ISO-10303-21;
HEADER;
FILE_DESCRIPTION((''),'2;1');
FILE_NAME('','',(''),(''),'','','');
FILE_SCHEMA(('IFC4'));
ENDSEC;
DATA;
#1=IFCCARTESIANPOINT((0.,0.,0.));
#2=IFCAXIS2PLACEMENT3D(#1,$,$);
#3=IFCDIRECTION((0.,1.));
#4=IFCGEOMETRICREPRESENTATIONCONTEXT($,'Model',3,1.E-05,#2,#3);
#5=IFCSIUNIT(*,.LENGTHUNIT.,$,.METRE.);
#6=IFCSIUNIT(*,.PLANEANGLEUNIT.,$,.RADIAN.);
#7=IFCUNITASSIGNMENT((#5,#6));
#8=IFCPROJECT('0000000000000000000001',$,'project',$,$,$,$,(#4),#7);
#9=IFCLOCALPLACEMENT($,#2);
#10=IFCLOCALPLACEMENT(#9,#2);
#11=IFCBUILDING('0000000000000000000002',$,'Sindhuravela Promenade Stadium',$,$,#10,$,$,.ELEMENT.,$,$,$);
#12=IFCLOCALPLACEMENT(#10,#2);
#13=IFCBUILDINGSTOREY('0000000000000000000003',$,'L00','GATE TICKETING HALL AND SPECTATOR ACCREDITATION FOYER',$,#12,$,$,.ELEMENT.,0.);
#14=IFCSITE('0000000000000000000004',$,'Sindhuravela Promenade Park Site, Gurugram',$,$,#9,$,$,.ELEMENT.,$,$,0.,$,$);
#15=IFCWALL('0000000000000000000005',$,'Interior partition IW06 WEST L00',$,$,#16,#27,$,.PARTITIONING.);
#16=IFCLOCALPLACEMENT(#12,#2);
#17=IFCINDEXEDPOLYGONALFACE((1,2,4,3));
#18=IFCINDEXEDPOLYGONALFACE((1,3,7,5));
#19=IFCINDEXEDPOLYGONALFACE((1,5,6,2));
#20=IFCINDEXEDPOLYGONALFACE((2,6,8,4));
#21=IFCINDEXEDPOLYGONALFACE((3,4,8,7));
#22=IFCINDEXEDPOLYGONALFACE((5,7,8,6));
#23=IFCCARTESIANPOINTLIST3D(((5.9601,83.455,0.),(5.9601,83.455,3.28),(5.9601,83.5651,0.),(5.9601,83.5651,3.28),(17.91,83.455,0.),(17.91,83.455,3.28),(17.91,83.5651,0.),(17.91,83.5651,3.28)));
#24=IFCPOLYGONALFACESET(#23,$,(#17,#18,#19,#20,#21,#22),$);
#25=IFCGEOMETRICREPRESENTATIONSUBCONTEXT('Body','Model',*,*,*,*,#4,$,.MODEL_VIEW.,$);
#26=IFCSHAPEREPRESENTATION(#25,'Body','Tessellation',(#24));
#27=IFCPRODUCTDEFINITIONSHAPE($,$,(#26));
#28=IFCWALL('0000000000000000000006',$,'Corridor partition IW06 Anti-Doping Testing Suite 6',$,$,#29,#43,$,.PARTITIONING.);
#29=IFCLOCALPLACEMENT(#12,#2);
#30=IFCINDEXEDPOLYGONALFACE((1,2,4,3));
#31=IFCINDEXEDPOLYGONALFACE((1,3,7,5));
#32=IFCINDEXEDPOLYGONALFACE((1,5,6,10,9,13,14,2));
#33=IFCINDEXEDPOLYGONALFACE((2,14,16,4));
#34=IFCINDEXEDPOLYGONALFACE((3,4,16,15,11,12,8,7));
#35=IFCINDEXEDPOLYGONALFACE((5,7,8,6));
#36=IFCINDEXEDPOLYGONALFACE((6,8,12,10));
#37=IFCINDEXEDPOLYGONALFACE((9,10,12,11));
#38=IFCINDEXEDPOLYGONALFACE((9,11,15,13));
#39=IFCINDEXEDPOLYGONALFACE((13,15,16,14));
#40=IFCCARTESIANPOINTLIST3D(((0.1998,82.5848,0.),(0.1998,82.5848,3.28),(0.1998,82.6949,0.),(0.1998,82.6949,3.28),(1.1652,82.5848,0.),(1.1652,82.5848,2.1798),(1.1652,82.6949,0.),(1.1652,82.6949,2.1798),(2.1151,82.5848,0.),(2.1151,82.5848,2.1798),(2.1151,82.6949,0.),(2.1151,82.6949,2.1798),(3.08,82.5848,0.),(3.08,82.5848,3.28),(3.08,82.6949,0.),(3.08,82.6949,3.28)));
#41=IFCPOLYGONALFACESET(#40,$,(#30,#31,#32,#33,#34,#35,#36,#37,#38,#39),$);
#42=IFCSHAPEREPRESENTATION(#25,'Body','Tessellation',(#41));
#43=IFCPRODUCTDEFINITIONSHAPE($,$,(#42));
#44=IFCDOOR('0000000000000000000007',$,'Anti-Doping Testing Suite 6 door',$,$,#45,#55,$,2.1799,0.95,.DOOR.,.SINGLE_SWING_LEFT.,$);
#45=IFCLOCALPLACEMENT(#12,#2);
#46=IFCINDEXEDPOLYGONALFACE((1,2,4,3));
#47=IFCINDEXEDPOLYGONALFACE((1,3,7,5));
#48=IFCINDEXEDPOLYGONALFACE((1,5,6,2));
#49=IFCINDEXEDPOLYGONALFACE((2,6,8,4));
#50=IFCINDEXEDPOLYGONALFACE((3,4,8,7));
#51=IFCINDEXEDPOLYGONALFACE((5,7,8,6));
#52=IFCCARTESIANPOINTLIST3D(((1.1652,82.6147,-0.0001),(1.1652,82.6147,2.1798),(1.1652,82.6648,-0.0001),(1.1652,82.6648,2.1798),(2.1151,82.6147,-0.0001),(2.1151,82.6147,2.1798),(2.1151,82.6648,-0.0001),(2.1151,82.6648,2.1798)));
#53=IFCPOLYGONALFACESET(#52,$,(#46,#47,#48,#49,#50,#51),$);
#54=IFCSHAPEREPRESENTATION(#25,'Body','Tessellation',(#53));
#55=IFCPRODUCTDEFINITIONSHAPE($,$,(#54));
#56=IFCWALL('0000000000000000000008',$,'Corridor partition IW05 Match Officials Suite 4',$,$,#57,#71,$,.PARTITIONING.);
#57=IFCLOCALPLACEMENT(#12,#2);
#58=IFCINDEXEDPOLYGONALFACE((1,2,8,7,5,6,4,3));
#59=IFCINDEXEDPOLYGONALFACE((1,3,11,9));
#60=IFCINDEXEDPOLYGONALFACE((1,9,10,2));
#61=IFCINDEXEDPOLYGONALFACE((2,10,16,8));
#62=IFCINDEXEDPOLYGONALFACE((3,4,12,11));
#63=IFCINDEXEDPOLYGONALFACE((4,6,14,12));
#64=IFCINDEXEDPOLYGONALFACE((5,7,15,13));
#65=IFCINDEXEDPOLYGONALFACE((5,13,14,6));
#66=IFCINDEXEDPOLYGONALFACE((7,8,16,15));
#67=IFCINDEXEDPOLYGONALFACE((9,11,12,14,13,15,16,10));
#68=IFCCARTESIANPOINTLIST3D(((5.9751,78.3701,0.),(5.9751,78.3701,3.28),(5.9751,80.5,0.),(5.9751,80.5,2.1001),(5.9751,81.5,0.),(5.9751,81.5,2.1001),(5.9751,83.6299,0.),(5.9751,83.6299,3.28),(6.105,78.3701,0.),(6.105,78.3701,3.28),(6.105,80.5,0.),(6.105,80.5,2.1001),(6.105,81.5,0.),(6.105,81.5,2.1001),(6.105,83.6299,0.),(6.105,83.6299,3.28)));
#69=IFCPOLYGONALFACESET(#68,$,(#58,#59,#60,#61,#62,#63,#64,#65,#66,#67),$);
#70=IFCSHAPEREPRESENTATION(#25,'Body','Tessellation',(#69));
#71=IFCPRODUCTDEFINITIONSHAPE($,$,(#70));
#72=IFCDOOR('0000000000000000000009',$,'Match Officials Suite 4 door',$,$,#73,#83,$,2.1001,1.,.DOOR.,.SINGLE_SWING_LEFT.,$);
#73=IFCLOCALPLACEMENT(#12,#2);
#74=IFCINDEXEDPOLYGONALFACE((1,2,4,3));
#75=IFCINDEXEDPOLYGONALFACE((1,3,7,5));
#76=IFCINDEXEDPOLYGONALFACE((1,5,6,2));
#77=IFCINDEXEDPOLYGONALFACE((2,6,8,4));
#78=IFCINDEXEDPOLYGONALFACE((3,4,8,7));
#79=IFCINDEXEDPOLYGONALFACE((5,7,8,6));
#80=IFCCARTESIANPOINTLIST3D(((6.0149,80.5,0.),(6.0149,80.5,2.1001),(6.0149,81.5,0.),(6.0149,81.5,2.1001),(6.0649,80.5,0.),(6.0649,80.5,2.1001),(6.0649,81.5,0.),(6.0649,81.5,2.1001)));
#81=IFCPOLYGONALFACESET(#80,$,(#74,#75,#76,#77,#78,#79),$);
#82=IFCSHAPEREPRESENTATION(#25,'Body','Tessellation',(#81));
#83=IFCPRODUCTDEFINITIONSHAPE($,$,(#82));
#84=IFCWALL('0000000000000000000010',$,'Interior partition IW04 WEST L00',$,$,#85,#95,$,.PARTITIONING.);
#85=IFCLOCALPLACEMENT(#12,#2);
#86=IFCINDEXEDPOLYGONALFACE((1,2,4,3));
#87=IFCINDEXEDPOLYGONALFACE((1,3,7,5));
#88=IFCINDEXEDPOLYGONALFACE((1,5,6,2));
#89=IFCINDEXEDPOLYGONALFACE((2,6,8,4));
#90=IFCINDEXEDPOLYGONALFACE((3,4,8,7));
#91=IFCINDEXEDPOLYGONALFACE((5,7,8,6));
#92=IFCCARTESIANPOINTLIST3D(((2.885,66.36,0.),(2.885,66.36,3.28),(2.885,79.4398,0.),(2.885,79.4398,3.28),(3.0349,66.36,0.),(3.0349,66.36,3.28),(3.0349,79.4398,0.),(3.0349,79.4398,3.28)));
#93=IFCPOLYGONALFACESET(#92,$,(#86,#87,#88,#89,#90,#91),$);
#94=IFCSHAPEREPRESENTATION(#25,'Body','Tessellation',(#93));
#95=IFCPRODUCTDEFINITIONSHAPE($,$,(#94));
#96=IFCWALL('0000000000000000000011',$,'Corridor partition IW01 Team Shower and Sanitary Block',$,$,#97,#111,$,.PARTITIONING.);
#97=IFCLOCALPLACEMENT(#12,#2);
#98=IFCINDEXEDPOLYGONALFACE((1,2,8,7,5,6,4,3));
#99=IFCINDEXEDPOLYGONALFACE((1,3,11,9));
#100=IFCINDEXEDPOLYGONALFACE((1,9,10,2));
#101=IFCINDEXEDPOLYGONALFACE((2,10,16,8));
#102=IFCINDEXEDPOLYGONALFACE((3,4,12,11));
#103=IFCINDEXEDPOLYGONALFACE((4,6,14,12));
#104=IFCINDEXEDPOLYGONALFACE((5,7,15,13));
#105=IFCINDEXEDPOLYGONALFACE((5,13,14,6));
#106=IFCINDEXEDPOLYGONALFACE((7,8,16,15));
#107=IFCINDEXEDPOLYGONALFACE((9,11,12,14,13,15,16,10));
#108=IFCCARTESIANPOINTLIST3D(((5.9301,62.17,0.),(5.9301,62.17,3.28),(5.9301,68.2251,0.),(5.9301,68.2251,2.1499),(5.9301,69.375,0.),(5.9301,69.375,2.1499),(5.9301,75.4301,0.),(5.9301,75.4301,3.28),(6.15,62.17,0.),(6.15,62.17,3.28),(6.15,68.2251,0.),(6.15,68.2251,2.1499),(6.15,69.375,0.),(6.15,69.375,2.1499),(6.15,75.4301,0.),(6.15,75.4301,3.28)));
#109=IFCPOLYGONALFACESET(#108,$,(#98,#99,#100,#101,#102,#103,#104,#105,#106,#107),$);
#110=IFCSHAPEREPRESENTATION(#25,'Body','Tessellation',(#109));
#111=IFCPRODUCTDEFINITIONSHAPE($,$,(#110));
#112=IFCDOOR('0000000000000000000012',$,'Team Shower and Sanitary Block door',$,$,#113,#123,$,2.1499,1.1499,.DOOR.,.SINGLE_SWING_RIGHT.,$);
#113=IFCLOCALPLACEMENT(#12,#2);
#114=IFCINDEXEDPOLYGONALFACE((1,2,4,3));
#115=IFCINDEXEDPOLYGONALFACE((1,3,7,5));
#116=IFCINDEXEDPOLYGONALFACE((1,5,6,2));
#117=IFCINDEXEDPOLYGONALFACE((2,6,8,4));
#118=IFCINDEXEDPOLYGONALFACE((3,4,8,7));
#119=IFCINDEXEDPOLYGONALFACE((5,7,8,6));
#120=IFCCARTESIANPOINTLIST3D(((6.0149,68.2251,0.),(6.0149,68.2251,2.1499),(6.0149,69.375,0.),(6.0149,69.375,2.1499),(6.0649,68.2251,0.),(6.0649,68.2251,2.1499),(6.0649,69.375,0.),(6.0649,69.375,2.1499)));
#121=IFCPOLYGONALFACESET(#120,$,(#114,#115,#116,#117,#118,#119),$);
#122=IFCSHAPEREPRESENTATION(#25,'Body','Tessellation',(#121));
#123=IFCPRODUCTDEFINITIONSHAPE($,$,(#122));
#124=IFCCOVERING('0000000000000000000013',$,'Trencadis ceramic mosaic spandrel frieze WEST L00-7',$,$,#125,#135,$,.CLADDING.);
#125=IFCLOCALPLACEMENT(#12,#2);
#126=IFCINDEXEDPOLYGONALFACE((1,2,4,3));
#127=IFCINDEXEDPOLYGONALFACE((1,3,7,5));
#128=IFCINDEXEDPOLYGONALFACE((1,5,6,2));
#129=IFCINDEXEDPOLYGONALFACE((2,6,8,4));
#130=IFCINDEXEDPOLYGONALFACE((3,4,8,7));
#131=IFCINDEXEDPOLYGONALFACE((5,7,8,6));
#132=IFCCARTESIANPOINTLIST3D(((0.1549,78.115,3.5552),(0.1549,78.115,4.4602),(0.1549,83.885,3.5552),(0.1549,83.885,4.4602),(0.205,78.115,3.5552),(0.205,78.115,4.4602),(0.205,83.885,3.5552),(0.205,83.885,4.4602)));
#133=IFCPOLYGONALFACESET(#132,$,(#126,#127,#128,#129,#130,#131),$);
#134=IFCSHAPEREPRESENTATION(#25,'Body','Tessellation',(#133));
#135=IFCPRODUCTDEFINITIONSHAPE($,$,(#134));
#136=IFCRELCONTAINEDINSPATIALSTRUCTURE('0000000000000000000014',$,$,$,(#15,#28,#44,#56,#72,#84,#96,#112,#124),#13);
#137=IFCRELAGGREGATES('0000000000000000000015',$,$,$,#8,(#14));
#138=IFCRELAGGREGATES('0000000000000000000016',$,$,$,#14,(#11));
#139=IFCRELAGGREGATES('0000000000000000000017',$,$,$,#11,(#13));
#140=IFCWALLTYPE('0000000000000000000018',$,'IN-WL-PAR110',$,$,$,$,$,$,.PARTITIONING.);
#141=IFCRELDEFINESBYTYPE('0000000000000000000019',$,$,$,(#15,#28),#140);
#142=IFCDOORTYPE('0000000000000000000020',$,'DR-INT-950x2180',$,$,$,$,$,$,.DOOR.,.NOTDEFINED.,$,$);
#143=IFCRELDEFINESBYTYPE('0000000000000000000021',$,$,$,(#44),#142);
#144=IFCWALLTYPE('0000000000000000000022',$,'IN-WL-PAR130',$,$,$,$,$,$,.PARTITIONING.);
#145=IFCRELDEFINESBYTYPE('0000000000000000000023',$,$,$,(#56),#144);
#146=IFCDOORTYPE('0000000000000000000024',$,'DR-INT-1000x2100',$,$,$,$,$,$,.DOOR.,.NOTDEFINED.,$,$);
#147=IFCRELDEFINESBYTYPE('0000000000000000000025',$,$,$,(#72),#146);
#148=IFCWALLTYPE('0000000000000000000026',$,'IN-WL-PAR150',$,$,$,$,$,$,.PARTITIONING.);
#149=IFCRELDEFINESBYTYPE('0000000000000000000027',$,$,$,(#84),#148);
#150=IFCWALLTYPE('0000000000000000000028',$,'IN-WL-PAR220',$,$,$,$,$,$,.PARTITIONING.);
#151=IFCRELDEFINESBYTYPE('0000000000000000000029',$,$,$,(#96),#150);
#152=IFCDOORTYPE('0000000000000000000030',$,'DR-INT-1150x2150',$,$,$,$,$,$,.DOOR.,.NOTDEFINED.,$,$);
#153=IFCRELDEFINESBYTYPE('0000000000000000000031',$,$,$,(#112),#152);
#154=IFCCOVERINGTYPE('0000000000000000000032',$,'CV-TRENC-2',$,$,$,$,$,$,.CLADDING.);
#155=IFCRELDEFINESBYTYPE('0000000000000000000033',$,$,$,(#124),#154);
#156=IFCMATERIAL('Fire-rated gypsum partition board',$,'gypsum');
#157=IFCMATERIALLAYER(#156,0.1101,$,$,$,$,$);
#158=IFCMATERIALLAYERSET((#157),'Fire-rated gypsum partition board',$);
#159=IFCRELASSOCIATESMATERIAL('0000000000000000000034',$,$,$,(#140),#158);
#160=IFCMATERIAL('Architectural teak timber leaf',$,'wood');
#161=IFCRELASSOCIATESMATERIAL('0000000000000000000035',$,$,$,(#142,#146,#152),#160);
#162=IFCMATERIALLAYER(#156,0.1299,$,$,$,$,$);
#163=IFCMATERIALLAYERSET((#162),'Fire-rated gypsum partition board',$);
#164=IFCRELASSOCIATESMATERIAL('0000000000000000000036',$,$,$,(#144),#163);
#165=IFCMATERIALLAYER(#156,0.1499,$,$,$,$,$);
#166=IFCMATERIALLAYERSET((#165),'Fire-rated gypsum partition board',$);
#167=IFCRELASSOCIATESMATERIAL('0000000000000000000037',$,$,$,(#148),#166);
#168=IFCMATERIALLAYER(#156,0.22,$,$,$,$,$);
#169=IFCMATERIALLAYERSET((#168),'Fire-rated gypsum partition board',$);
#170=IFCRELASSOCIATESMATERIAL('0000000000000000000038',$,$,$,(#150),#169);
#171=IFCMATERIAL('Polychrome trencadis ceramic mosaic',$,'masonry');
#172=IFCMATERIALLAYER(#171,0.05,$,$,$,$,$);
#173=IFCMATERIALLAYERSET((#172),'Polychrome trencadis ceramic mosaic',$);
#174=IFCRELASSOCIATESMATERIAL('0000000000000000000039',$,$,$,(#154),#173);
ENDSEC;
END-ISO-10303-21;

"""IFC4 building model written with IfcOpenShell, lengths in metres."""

from ifc_helpers import new_model, si_unit, direction, frame, frame_2d, origin, origin_2d, place, context, subcontext, project, spatial, rectangle, extrude, material, layer, layer_set, type_object, element, fill, save


model = new_model("IFC4")

# Units and contexts
model_context = context("Model", 3, precision=1e-05, world=origin(), true_north=direction((0.0, 1.0)))
body_context = subcontext(model_context, "Body", "Model", "MODEL_VIEW")
ifc_project = project(units=[si_unit("LENGTHUNIT", "METRE"), si_unit("PLANEANGLEUNIT", "RADIAN")], contexts=[model_context])

# Site, building, storey
site_placement = place(None, origin())
site = spatial("IfcSite", under=ifc_project, at=site_placement, Name="Sindhuravela Promenade Park Site, Gurugram", CompositionType="ELEMENT", RefElevation=0.0)
building_placement = place(site_placement, origin())
building = spatial("IfcBuilding", under=site, at=building_placement, Name="Sindhuravela Promenade Stadium", CompositionType="ELEMENT")
storey_placement = place(building_placement, origin())
storey = spatial("IfcBuildingStorey", under=building, at=storey_placement, Name="L00", Description="GATE TICKETING HALL AND SPECTATOR ACCREDITATION FOYER", CompositionType="ELEMENT", Elevation=0.0)

# Wall
ifc_material_1 = material(Name="Fire-rated gypsum partition board", Category="gypsum")
ifc_layer_1 = layer(ifc_material_1, 0.1101)
ifc_layer_set_1 = layer_set([ifc_layer_1], Name="Fire-rated gypsum partition board")
wall_type_1 = type_object("IfcWallType", Name="IN-WL-PAR110", PredefinedType="PARTITIONING", material=ifc_layer_set_1)
wall_1_placement = place(storey_placement, frame((5.96, 83.51, 0.0), z_axis=(0.0, 0.0, 1.0), x_axis=(1.0, 0.0, 0.0)))
element("IfcWall", 1, at=wall_1_placement, inside=storey, type_object=wall_type_1, Name="Interior partition IW06 WEST L00", PredefinedType="PARTITIONING", context=body_context, shape_type="SweptSolid", body=[
    extrude(rectangle(XDim=11.95, YDim=0.1101, at=frame_2d((5.9751, 0.0))), origin(), (0.0, 0.0, 1.0), 3.28),
])

# Walls, openings, doors
wall_2_placement = place(storey_placement, frame((0.2, 82.6399, 0.0), z_axis=(0.0, 0.0, 1.0), x_axis=(1.0, 0.0, 0.0)))
wall_2 = element("IfcWall", 2, at=wall_2_placement, inside=storey, type_object=wall_type_1, Name="Corridor partition IW06 Anti-Doping Testing Suite 6", PredefinedType="PARTITIONING", context=body_context, shape_type="SweptSolid", body=[
    extrude(rectangle(XDim=2.8801, YDim=0.1101, at=frame_2d((1.4399, 0.0))), origin(), (0.0, 0.0, 1.0), 3.28),
])
opening_1_placement = place(wall_2_placement, frame((0.9651, 0.0, 0.0)))
opening_1 = element("IfcOpeningElement", 3, at=opening_1_placement, cuts=wall_2, PredefinedType="OPENING", context=body_context, shape_type="SweptSolid", body=[
    extrude(rectangle(XDim=0.95, YDim=2.1799, at=frame_2d((0.4751, 1.0898))), frame((0.0, 0.0649, 0.0), z_axis=(0.0, -1.0, 0.0), x_axis=(1.0, 0.0, 0.0)), (0.0, 0.0, 1.0), 0.1301),
])
ifc_material_2 = material(Name="Architectural teak timber leaf", Category="wood")
door_type_1 = type_object("IfcDoorType", Name="DR-INT-950x2180", OperationType="NOTDEFINED", PredefinedType="DOOR", material=ifc_material_2)
door_1_placement = place(opening_1_placement, origin())
door_1 = element("IfcDoor", 4, at=door_1_placement, inside=storey, type_object=door_type_1, Name="Anti-Doping Testing Suite 6 door", OperationType="SINGLE_SWING_LEFT", OverallHeight=2.1799, OverallWidth=0.95, PredefinedType="DOOR", context=body_context, shape_type="SweptSolid", body=[
    extrude(rectangle(XDim=0.95, YDim=2.1799, at=frame_2d((0.4751, 1.0898))), frame((0.0, 0.0249, 0.0), z_axis=(0.0, -1.0, 0.0), x_axis=(1.0, 0.0, 0.0)), (0.0, 0.0, 1.0), 0.05),
])
fill(opening_1, door_1)
ifc_layer_2 = layer(ifc_material_1, 0.1299)
ifc_layer_set_2 = layer_set([ifc_layer_2], Name="Fire-rated gypsum partition board")
wall_type_2 = type_object("IfcWallType", Name="IN-WL-PAR130", PredefinedType="PARTITIONING", material=ifc_layer_set_2)
wall_3_placement = place(storey_placement, frame((6.04, 83.6299, 0.0), z_axis=(0.0, 0.0, 1.0), x_axis=(0.0, -1.0, 0.0)))
wall_3 = element("IfcWall", 5, at=wall_3_placement, inside=storey, type_object=wall_type_2, Name="Corridor partition IW05 Match Officials Suite 4", PredefinedType="PARTITIONING", context=body_context, shape_type="SweptSolid", body=[
    extrude(rectangle(XDim=5.2598, YDim=0.1299, at=frame_2d((2.6299, 0.0))), origin(), (0.0, 0.0, 1.0), 3.28),
])
opening_2_placement = place(wall_3_placement, frame((2.1299, 0.0, 0.0)))
opening_2 = element("IfcOpeningElement", 6, at=opening_2_placement, cuts=wall_3, PredefinedType="OPENING", context=body_context, shape_type="SweptSolid", body=[
    extrude(rectangle(XDim=1.0, YDim=2.1001, at=frame_2d((0.5, 1.05))), frame((0.0, 0.075, 0.0), z_axis=(0.0, -1.0, 0.0), x_axis=(1.0, 0.0, 0.0)), (0.0, 0.0, 1.0), 0.1499),
])
door_type_2 = type_object("IfcDoorType", Name="DR-INT-1000x2100", OperationType="NOTDEFINED", PredefinedType="DOOR", material=ifc_material_2)
door_2_placement = place(opening_2_placement, origin())
door_2 = element("IfcDoor", 7, at=door_2_placement, inside=storey, type_object=door_type_2, Name="Match Officials Suite 4 door", OperationType="SINGLE_SWING_LEFT", OverallHeight=2.1001, OverallWidth=1.0, PredefinedType="DOOR", context=body_context, shape_type="SweptSolid", body=[
    extrude(rectangle(XDim=1.0, YDim=2.1001, at=frame_2d((0.5, 1.05))), frame((0.0, 0.0249, 0.0), z_axis=(0.0, -1.0, 0.0), x_axis=(1.0, 0.0, 0.0)), (0.0, 0.0, 1.0), 0.05),
])
fill(opening_2, door_2)

# Wall
ifc_layer_3 = layer(ifc_material_1, 0.1499)
ifc_layer_set_3 = layer_set([ifc_layer_3], Name="Fire-rated gypsum partition board")
wall_type_3 = type_object("IfcWallType", Name="IN-WL-PAR150", PredefinedType="PARTITIONING", material=ifc_layer_set_3)
wall_4_placement = place(storey_placement, frame((2.96, 79.4399, 0.0), z_axis=(0.0, 0.0, 1.0), x_axis=(0.0, -1.0, 0.0)))
element("IfcWall", 8, at=wall_4_placement, inside=storey, type_object=wall_type_3, Name="Interior partition IW04 WEST L00", PredefinedType="PARTITIONING", context=body_context, shape_type="SweptSolid", body=[
    extrude(rectangle(XDim=13.0798, YDim=0.1499, at=frame_2d((6.54, 0.0))), origin(), (0.0, 0.0, 1.0), 3.28),
])

# Wall, opening, door
door_type_3 = type_object("IfcDoorType", Name="DR-INT-1150x2150", OperationType="NOTDEFINED", PredefinedType="DOOR", material=ifc_material_2)
ifc_layer_4 = layer(ifc_material_1, 0.22)
ifc_layer_set_4 = layer_set([ifc_layer_4], Name="Fire-rated gypsum partition board")
wall_type_4 = type_object("IfcWallType", Name="IN-WL-PAR220", PredefinedType="PARTITIONING", material=ifc_layer_set_4)
wall_5_placement = place(storey_placement, frame((6.04, 75.4299, 0.0), z_axis=(0.0, 0.0, 1.0), x_axis=(0.0, -1.0, 0.0)))
wall_5 = element("IfcWall", 9, at=wall_5_placement, inside=storey, type_object=wall_type_4, Name="Corridor partition IW01 Team Shower and Sanitary Block", PredefinedType="PARTITIONING", context=body_context, shape_type="SweptSolid", body=[
    extrude(rectangle(XDim=13.26, YDim=0.22, at=frame_2d((6.6299, 0.0))), origin(), (0.0, 0.0, 1.0), 3.28),
])
opening_3_placement = place(wall_5_placement, frame((6.0549, 0.0, 0.0)))
opening_3 = element("IfcOpeningElement", 10, at=opening_3_placement, cuts=wall_5, PredefinedType="OPENING", context=body_context, shape_type="SweptSolid", body=[
    extrude(rectangle(XDim=1.1499, YDim=2.1499, at=frame_2d((0.575, 1.075))), frame((0.0, 0.1199, 0.0), z_axis=(0.0, -1.0, 0.0), x_axis=(1.0, 0.0, 0.0)), (0.0, 0.0, 1.0), 0.24),
])
door_3_placement = place(opening_3_placement, origin())
door_3 = element("IfcDoor", 11, at=door_3_placement, inside=storey, type_object=door_type_3, Name="Team Shower and Sanitary Block door", OperationType="SINGLE_SWING_RIGHT", OverallHeight=2.1499, OverallWidth=1.1499, PredefinedType="DOOR", context=body_context, shape_type="SweptSolid", body=[
    extrude(rectangle(XDim=1.1499, YDim=2.1499, at=frame_2d((0.575, 1.075))), frame((0.0, 0.0249, 0.0), z_axis=(0.0, -1.0, 0.0), x_axis=(1.0, 0.0, 0.0)), (0.0, 0.0, 1.0), 0.05),
])
fill(opening_3, door_3)

# Covering
ifc_material_3 = material(Name="Polychrome trencadis ceramic mosaic", Category="masonry")
ifc_layer_5 = layer(ifc_material_3, 0.05)
ifc_layer_set_5 = layer_set([ifc_layer_5], Name="Polychrome trencadis ceramic mosaic")
covering_type = type_object("IfcCoveringType", Name="CV-TRENC-2", PredefinedType="CLADDING", material=ifc_layer_set_5)
covering_placement = place(storey_placement, frame((0.1799, 81.0, 3.5552), z_axis=(0.0, 0.0, 1.0), x_axis=(0.0, 1.0, 0.0)))
element("IfcCovering", 12, at=covering_placement, inside=storey, type_object=covering_type, Name="Trencadis ceramic mosaic spandrel frieze WEST L00-7", PredefinedType="CLADDING", context=body_context, shape_type="SweptSolid", body=[
    extrude(rectangle(XDim=5.77, YDim=0.05, at=origin_2d()), origin(), (0.0, 0.0, 1.0), 0.905),
])

save(model, "model.ifc")
